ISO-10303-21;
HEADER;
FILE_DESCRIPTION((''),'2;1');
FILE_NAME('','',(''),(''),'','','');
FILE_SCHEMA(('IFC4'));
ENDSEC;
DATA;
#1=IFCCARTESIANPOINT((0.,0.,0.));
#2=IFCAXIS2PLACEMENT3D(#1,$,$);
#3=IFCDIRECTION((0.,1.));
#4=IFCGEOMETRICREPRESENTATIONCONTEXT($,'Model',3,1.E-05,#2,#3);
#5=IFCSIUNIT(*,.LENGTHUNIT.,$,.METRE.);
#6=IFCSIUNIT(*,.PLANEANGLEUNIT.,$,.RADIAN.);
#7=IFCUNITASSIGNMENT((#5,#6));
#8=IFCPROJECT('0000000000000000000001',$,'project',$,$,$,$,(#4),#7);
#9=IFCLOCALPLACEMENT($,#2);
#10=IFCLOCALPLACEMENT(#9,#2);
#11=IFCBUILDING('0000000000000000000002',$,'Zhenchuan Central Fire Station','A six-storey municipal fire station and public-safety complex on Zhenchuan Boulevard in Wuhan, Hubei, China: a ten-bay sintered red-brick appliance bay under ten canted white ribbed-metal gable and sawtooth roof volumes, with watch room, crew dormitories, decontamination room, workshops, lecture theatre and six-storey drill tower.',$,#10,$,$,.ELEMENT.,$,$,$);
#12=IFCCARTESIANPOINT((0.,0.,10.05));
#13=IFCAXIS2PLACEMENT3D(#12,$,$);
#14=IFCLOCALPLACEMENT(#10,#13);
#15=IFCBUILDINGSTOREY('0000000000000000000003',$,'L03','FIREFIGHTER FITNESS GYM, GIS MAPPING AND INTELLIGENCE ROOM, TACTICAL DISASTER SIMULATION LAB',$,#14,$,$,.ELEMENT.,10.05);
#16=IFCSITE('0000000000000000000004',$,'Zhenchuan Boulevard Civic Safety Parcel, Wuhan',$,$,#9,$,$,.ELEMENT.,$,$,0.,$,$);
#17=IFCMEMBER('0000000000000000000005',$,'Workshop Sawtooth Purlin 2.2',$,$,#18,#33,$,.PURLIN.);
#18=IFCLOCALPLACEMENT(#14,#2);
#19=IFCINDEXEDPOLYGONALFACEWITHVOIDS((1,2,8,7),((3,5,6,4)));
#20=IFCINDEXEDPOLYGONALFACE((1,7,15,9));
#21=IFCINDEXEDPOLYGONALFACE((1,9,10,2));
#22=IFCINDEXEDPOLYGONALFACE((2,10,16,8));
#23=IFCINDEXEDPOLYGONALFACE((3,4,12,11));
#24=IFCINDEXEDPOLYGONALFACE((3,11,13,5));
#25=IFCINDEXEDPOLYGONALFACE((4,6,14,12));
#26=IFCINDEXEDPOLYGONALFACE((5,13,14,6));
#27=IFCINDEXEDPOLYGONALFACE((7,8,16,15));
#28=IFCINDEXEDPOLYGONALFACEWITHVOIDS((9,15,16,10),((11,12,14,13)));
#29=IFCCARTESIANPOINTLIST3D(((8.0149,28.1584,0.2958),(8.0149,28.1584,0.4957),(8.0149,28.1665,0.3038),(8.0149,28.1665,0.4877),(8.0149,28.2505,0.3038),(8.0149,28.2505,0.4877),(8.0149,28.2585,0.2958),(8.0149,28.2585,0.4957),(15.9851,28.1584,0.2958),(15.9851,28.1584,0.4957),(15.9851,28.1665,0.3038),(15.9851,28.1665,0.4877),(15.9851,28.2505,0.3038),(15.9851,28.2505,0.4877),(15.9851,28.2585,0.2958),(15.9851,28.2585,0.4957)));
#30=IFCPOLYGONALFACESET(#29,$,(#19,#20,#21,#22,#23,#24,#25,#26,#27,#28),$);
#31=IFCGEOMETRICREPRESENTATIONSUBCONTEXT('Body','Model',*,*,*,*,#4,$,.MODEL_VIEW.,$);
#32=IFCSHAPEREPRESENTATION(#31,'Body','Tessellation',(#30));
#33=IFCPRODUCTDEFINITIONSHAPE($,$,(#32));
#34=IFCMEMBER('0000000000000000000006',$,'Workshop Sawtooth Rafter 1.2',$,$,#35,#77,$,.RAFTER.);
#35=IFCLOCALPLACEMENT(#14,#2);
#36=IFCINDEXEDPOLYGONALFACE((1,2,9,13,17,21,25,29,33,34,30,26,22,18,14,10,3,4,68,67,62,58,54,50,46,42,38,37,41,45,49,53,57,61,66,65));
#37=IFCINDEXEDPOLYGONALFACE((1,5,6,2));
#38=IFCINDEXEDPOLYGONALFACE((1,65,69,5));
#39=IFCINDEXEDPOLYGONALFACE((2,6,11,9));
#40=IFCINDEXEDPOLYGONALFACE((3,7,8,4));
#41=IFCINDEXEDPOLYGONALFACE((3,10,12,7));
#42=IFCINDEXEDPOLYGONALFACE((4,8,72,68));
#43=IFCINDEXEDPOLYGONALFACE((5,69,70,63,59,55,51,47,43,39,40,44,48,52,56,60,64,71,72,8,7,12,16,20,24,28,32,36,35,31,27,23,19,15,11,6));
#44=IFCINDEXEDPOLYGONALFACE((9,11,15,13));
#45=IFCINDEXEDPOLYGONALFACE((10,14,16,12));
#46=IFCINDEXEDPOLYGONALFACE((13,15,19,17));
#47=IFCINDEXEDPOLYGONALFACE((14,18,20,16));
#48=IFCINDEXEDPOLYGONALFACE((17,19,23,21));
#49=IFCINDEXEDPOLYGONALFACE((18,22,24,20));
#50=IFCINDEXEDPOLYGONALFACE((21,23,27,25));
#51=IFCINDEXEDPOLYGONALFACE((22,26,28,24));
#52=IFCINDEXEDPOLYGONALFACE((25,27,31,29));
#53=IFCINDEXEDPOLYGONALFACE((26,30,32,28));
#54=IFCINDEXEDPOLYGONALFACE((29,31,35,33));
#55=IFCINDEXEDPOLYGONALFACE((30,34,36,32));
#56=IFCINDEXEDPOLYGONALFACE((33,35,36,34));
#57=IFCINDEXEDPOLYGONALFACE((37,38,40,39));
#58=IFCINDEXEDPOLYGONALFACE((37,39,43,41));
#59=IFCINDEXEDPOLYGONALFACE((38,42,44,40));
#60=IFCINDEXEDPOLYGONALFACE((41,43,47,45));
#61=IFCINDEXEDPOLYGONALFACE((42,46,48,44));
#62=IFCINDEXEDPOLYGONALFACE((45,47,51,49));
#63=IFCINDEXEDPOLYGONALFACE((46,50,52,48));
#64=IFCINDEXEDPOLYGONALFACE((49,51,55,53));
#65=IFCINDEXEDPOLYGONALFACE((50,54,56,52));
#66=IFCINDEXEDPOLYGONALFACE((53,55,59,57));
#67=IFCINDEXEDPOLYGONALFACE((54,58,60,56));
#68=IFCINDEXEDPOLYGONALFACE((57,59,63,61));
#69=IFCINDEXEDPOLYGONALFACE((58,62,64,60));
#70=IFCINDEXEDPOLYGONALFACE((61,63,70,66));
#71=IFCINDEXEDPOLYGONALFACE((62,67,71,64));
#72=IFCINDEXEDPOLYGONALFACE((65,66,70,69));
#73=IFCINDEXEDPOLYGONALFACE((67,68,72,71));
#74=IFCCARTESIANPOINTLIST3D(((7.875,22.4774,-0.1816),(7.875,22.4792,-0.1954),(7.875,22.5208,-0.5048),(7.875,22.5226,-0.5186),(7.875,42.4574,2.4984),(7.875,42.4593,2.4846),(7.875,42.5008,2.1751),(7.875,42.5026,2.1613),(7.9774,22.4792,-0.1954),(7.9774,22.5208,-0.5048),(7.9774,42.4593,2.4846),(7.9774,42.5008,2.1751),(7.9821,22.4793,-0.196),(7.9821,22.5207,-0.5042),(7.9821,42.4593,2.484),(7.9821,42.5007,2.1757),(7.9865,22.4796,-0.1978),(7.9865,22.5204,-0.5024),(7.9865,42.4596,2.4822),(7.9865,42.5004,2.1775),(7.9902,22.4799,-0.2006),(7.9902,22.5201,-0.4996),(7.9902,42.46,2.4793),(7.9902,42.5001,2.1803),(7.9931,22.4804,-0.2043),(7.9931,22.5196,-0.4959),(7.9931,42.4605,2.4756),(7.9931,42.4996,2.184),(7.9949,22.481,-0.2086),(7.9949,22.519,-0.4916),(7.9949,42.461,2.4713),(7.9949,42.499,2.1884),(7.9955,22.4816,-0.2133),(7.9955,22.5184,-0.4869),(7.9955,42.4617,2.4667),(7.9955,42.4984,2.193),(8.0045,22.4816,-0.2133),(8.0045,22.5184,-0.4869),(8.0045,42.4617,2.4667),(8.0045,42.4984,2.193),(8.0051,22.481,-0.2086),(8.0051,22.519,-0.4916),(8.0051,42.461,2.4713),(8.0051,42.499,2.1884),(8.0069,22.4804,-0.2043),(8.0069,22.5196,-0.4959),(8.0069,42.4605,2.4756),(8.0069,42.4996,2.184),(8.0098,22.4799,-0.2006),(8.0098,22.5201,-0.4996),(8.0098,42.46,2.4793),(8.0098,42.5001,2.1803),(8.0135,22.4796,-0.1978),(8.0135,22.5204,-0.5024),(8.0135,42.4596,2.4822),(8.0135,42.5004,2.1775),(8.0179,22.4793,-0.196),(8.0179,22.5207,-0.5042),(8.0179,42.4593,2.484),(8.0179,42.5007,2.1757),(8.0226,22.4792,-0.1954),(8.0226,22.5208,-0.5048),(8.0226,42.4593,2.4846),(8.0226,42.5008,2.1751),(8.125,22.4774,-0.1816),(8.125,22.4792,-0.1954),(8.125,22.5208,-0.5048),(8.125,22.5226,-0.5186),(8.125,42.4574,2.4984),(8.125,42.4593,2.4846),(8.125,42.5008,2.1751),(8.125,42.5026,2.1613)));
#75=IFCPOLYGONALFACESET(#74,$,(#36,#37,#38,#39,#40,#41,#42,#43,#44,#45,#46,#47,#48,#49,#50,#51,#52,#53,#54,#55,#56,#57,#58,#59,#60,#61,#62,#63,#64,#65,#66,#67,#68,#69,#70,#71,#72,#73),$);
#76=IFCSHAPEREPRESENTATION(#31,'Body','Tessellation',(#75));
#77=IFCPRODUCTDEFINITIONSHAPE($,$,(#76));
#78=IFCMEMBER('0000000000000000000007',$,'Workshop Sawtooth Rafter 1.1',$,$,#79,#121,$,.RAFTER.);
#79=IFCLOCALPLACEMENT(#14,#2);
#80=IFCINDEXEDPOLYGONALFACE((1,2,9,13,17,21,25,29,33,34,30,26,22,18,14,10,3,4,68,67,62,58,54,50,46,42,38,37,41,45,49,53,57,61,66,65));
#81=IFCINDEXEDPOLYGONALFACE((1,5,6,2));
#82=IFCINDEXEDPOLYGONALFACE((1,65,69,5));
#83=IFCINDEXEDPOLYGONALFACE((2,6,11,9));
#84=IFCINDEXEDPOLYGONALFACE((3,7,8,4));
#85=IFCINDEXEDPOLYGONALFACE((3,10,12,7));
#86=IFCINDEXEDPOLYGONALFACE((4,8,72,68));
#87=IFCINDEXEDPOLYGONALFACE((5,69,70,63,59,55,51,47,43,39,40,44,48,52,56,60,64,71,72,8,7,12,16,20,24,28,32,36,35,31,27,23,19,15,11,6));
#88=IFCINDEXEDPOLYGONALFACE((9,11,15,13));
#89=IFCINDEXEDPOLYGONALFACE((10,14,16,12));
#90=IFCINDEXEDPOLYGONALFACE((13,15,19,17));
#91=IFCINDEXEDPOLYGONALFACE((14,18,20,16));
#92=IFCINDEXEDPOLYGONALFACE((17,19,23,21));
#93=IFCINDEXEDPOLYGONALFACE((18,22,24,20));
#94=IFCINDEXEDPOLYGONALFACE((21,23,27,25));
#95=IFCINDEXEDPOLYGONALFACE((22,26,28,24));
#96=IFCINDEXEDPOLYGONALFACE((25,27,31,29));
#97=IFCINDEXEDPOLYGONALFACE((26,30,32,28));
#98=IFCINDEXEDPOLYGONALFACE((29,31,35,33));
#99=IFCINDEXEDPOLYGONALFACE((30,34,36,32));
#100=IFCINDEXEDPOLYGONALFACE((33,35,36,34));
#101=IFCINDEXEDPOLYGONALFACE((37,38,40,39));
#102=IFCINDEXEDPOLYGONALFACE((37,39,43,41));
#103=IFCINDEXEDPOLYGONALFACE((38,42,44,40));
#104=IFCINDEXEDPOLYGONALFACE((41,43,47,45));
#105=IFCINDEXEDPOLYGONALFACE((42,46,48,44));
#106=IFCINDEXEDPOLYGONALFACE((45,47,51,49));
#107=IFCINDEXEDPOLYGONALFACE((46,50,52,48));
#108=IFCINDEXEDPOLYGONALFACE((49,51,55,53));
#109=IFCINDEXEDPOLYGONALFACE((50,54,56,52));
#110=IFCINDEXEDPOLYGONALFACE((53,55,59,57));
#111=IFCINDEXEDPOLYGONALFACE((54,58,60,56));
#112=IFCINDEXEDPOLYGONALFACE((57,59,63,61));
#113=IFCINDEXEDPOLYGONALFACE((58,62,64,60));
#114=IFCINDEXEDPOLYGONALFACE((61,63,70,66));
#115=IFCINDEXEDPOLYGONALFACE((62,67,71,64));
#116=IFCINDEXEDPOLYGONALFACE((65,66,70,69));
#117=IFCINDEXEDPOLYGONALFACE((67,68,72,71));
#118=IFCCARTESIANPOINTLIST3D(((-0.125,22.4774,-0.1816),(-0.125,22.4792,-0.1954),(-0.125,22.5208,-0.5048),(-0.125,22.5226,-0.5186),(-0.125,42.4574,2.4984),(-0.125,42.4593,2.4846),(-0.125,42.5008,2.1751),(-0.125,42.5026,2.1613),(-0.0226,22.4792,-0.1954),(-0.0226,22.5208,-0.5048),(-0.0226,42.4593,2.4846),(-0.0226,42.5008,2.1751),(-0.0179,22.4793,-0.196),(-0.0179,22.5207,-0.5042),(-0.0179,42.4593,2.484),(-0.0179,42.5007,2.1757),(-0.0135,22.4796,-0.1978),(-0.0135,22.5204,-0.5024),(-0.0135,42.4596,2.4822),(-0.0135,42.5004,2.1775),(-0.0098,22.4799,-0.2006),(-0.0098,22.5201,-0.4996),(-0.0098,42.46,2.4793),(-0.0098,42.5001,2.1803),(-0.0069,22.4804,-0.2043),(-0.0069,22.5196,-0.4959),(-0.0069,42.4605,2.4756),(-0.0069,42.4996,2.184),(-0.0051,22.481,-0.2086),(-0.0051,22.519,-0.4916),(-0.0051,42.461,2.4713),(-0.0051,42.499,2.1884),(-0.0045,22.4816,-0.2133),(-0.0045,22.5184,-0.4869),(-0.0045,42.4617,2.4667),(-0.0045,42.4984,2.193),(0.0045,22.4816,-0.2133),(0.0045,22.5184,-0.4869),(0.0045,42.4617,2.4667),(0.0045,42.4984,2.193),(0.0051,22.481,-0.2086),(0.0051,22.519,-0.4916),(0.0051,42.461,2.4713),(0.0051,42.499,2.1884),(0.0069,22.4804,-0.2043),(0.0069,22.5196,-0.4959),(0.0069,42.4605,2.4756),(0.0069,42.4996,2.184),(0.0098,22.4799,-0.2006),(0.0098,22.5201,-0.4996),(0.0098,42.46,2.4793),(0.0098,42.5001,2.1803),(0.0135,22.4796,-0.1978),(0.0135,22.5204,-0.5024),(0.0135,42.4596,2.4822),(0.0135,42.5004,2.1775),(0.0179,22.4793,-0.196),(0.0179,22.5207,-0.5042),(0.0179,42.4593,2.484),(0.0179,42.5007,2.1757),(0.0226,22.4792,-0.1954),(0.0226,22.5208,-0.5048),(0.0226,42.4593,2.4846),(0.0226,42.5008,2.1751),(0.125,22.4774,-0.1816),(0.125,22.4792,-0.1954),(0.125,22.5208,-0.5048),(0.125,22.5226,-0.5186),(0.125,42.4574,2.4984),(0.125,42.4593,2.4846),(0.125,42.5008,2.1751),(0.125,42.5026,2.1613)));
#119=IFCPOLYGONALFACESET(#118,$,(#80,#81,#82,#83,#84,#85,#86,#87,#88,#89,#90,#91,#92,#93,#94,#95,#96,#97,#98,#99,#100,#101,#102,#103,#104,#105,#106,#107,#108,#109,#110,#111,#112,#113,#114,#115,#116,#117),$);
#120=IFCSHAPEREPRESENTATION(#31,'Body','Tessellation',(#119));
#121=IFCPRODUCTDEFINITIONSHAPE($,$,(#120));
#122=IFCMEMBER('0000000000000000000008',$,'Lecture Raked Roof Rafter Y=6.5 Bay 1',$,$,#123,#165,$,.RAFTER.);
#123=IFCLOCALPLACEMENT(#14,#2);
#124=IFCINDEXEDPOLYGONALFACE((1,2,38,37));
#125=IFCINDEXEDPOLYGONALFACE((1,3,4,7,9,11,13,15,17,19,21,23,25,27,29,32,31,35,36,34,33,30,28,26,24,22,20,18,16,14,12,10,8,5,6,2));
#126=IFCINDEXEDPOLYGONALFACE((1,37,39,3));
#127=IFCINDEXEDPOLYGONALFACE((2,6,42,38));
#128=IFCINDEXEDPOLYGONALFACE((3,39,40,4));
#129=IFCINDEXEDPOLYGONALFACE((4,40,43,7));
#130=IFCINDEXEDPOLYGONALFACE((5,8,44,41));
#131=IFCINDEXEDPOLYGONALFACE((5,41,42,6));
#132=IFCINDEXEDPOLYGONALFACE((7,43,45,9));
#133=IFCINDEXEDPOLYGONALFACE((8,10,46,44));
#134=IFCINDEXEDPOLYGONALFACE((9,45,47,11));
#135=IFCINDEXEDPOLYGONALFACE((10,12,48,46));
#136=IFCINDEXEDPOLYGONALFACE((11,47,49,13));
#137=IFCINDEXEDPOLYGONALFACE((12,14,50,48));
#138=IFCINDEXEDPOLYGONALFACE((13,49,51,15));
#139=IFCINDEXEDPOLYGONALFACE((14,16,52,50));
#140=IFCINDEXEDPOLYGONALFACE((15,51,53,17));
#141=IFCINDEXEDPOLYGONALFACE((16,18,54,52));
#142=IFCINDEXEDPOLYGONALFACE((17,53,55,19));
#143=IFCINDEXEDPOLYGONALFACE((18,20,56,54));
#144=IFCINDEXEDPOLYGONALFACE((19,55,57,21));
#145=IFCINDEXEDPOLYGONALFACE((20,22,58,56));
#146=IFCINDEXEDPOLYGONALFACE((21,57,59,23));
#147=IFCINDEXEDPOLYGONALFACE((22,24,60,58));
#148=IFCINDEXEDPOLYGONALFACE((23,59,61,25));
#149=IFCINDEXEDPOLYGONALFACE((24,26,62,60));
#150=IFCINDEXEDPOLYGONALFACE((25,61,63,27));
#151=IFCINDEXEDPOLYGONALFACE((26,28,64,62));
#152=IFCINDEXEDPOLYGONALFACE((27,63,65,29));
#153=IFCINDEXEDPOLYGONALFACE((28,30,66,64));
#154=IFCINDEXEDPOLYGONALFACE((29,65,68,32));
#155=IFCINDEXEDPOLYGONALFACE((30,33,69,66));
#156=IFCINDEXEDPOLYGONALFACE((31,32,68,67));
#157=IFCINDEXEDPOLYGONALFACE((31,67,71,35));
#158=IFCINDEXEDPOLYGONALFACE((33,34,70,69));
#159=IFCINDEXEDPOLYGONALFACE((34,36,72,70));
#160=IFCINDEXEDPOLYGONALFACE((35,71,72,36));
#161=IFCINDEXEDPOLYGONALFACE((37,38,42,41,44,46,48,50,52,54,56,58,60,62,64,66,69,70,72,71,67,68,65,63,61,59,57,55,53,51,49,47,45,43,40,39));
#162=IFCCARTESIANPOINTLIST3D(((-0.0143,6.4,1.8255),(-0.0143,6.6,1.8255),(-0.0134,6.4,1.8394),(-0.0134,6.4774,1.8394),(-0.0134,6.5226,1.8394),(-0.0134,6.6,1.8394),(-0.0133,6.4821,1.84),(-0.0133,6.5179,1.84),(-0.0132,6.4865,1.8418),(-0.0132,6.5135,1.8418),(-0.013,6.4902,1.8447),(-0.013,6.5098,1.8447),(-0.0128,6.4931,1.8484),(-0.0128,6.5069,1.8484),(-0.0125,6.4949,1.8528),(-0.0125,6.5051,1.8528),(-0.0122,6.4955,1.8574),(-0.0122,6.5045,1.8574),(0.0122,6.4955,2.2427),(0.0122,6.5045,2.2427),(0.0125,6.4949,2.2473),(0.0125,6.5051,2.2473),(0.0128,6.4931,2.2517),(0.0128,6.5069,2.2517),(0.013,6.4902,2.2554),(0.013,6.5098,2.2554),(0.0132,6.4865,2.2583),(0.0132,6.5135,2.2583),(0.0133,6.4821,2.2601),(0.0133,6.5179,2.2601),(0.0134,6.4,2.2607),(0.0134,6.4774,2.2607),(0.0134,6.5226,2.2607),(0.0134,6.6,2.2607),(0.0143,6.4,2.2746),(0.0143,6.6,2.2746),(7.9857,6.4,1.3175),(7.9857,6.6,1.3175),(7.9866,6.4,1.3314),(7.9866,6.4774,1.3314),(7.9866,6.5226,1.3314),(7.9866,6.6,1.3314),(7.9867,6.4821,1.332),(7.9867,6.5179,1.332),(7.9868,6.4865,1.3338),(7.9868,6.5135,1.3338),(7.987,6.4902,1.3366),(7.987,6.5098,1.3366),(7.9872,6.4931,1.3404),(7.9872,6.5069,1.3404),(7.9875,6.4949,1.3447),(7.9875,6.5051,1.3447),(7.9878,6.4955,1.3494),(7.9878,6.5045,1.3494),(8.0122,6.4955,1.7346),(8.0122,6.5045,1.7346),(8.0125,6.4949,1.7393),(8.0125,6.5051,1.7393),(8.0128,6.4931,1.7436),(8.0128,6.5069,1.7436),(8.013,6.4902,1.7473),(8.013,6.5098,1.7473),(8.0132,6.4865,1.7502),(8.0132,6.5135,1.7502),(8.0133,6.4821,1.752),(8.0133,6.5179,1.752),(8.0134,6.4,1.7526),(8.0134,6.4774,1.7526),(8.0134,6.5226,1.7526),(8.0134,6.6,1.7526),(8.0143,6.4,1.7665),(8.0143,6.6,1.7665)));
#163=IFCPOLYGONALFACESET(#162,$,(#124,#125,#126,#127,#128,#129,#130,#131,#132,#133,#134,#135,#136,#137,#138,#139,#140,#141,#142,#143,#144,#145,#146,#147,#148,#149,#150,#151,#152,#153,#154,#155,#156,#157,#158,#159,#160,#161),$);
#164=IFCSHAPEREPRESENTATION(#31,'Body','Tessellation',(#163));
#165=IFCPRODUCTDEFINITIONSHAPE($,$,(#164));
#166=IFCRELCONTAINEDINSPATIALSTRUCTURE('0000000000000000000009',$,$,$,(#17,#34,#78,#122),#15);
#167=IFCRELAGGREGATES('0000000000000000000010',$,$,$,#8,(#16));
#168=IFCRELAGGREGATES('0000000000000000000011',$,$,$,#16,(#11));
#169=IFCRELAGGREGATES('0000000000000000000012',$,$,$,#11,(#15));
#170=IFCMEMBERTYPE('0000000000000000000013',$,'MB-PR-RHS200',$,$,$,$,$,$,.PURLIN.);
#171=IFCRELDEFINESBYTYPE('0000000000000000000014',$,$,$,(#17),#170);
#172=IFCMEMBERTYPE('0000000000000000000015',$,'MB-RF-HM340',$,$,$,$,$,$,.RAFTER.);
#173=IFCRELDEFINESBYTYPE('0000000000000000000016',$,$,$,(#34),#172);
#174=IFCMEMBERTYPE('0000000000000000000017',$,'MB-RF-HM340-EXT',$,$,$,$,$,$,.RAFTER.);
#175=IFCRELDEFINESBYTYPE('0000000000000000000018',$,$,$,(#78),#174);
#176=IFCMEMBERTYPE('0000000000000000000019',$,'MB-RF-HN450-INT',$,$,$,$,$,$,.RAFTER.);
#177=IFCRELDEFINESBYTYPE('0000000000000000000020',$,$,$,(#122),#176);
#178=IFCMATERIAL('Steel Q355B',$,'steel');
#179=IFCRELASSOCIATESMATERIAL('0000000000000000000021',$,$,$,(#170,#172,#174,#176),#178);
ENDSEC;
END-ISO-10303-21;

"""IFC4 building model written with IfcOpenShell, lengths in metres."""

from ifc_helpers import new_model, si_unit, direction, frame, origin, origin_2d, place, context, subcontext, project, spatial, hollow_rectangle, i_section, extrude, material, material_profile, profile_set, type_object, element, save


model = new_model("IFC4")

# Units and contexts
model_context = context("Model", 3, precision=1e-05, world=origin(), true_north=direction((0.0, 1.0)))
body_context = subcontext(model_context, "Body", "Model", "MODEL_VIEW")
ifc_project = project(units=[si_unit("LENGTHUNIT", "METRE"), si_unit("PLANEANGLEUNIT", "RADIAN")], contexts=[model_context])

# Site, building, storey
site_placement = place(None, origin())
site = spatial("IfcSite", under=ifc_project, at=site_placement, Name="Zhenchuan Boulevard Civic Safety Parcel, Wuhan", CompositionType="ELEMENT", RefElevation=0.0)
building_placement = place(site_placement, origin())
building = spatial("IfcBuilding", under=site, at=building_placement, Name="Zhenchuan Central Fire Station", Description="A six-storey municipal fire station and public-safety complex on Zhenchuan Boulevard in Wuhan, Hubei, China: a ten-bay sintered red-brick appliance bay under ten canted white ribbed-metal gable and sawtooth roof volumes, with watch room, crew dormitories, decontamination room, workshops, lecture theatre and six-storey drill tower.", CompositionType="ELEMENT")
storey_placement = place(building_placement, frame((0.0, 0.0, 10.05)))
storey = spatial("IfcBuildingStorey", under=building, at=storey_placement, Name="L03", Description="FIREFIGHTER FITNESS GYM, GIS MAPPING AND INTELLIGENCE ROOM, TACTICAL DISASTER SIMULATION LAB", CompositionType="ELEMENT", Elevation=10.05)

# Shared definitions
ifc_material_1 = material(Name="Steel Q355B", Category="steel")

# Members
ifc_material_profile_1 = material_profile(ifc_material_1, hollow_rectangle(XDim=0.1001, YDim=0.2, WallThickness=0.0081, at=origin_2d()), Name="RHS 200x100x8")
ifc_profile_set_1 = profile_set([ifc_material_profile_1], Name="Steel Q355B")
member_type_1 = type_object("IfcMemberType", Name="MB-PR-RHS200", PredefinedType="PURLIN", material=ifc_profile_set_1)
for number, where, z_axis, x_axis, name in (
    (1, (8.0149, 28.2085, 0.3958), (1.0, 0.0, 0.0), (0.0, 1.0, 0.0), "Workshop Sawtooth Purlin 2.2"),
):
    element("IfcMember", number, at=place(storey_placement, frame(where, z_axis=z_axis, x_axis=x_axis)), inside=storey, type_object=member_type_1, Name=name, PredefinedType="PURLIN", context=body_context, shape_type="SweptSolid", body=[
        extrude(hollow_rectangle(XDim=0.1001, YDim=0.2, WallThickness=0.0081, at=origin_2d()), origin(), (0.0, 0.0, 1.0), 7.9702),
    ])
ifc_material_profile_2 = material_profile(ifc_material_1, i_section(OverallWidth=0.25, OverallDepth=0.3401, WebThickness=0.009, FlangeThickness=0.0139, FilletRadius=0.0181, at=origin_2d()), Name="HM 340x250")
ifc_profile_set_2 = profile_set([ifc_material_profile_2], Name="Steel Q355B")
member_type_2 = type_object("IfcMemberType", Name="MB-RF-HM340", PredefinedType="RAFTER", material=ifc_profile_set_2)
member_1_placement = place(storey_placement, frame((8.0, 22.5, -0.3501), z_axis=(0.0, 0.991124, 0.13294), x_axis=(-1.0, 0.0, 0.0)))
element("IfcMember", 2, at=member_1_placement, inside=storey, type_object=member_type_2, Name="Workshop Sawtooth Rafter 1.2", PredefinedType="RAFTER", context=body_context, shape_type="SweptSolid", body=[
    extrude(i_section(OverallWidth=0.25, OverallDepth=0.3401, WebThickness=0.009, FlangeThickness=0.0139, FilletRadius=0.0181, at=origin_2d()), origin(), (0.0, 0.0, 1.0), 20.1589),
])
ifc_material_profile_3 = material_profile(ifc_material_1, i_section(OverallWidth=0.25, OverallDepth=0.3401, WebThickness=0.009, FlangeThickness=0.0139, FilletRadius=0.0181, at=origin_2d()), Name="HM 340x250")
ifc_profile_set_3 = profile_set([ifc_material_profile_3], Name="Steel Q355B")
member_type_3 = type_object("IfcMemberType", Name="MB-RF-HM340-EXT", PredefinedType="RAFTER", material=ifc_profile_set_3)
member_2_placement = place(storey_placement, frame((0.0, 22.5, -0.3501), z_axis=(0.0, 0.991124, 0.13294), x_axis=(-1.0, 0.0, 0.0)))
element("IfcMember", 3, at=member_2_placement, inside=storey, type_object=member_type_3, Name="Workshop Sawtooth Rafter 1.1", PredefinedType="RAFTER", context=body_context, shape_type="SweptSolid", body=[
    extrude(i_section(OverallWidth=0.25, OverallDepth=0.3401, WebThickness=0.009, FlangeThickness=0.0139, FilletRadius=0.0181, at=origin_2d()), origin(), (0.0, 0.0, 1.0), 20.1589),
])
ifc_material_profile_4 = material_profile(ifc_material_1, i_section(OverallWidth=0.2, OverallDepth=0.45, WebThickness=0.009, FlangeThickness=0.0139, FilletRadius=0.0181, at=origin_2d()), Name="HN 450x200")
ifc_profile_set_4 = profile_set([ifc_material_profile_4], Name="Steel Q355B")
member_type_4 = type_object("IfcMemberType", Name="MB-RF-HN450-INT", PredefinedType="RAFTER", material=ifc_profile_set_4)
for number, where, z_axis, x_axis, name in (
    (4, (0.0, 6.5, 2.05), (0.99799, 0.0, -0.063379), (0.0, 1.0, 0.0), "Lecture Raked Roof Rafter Y=6.5 Bay 1"),
):
    element("IfcMember", number, at=place(storey_placement, frame(where, z_axis=z_axis, x_axis=x_axis)), inside=storey, type_object=member_type_4, Name=name, PredefinedType="RAFTER", context=body_context, shape_type="SweptSolid", body=[
        extrude(i_section(OverallWidth=0.2, OverallDepth=0.45, WebThickness=0.009, FlangeThickness=0.0139, FilletRadius=0.0181, at=origin_2d()), origin(), (0.0, 0.0, 1.0), 8.0161),
    ])

save(model, "model.ifc")
